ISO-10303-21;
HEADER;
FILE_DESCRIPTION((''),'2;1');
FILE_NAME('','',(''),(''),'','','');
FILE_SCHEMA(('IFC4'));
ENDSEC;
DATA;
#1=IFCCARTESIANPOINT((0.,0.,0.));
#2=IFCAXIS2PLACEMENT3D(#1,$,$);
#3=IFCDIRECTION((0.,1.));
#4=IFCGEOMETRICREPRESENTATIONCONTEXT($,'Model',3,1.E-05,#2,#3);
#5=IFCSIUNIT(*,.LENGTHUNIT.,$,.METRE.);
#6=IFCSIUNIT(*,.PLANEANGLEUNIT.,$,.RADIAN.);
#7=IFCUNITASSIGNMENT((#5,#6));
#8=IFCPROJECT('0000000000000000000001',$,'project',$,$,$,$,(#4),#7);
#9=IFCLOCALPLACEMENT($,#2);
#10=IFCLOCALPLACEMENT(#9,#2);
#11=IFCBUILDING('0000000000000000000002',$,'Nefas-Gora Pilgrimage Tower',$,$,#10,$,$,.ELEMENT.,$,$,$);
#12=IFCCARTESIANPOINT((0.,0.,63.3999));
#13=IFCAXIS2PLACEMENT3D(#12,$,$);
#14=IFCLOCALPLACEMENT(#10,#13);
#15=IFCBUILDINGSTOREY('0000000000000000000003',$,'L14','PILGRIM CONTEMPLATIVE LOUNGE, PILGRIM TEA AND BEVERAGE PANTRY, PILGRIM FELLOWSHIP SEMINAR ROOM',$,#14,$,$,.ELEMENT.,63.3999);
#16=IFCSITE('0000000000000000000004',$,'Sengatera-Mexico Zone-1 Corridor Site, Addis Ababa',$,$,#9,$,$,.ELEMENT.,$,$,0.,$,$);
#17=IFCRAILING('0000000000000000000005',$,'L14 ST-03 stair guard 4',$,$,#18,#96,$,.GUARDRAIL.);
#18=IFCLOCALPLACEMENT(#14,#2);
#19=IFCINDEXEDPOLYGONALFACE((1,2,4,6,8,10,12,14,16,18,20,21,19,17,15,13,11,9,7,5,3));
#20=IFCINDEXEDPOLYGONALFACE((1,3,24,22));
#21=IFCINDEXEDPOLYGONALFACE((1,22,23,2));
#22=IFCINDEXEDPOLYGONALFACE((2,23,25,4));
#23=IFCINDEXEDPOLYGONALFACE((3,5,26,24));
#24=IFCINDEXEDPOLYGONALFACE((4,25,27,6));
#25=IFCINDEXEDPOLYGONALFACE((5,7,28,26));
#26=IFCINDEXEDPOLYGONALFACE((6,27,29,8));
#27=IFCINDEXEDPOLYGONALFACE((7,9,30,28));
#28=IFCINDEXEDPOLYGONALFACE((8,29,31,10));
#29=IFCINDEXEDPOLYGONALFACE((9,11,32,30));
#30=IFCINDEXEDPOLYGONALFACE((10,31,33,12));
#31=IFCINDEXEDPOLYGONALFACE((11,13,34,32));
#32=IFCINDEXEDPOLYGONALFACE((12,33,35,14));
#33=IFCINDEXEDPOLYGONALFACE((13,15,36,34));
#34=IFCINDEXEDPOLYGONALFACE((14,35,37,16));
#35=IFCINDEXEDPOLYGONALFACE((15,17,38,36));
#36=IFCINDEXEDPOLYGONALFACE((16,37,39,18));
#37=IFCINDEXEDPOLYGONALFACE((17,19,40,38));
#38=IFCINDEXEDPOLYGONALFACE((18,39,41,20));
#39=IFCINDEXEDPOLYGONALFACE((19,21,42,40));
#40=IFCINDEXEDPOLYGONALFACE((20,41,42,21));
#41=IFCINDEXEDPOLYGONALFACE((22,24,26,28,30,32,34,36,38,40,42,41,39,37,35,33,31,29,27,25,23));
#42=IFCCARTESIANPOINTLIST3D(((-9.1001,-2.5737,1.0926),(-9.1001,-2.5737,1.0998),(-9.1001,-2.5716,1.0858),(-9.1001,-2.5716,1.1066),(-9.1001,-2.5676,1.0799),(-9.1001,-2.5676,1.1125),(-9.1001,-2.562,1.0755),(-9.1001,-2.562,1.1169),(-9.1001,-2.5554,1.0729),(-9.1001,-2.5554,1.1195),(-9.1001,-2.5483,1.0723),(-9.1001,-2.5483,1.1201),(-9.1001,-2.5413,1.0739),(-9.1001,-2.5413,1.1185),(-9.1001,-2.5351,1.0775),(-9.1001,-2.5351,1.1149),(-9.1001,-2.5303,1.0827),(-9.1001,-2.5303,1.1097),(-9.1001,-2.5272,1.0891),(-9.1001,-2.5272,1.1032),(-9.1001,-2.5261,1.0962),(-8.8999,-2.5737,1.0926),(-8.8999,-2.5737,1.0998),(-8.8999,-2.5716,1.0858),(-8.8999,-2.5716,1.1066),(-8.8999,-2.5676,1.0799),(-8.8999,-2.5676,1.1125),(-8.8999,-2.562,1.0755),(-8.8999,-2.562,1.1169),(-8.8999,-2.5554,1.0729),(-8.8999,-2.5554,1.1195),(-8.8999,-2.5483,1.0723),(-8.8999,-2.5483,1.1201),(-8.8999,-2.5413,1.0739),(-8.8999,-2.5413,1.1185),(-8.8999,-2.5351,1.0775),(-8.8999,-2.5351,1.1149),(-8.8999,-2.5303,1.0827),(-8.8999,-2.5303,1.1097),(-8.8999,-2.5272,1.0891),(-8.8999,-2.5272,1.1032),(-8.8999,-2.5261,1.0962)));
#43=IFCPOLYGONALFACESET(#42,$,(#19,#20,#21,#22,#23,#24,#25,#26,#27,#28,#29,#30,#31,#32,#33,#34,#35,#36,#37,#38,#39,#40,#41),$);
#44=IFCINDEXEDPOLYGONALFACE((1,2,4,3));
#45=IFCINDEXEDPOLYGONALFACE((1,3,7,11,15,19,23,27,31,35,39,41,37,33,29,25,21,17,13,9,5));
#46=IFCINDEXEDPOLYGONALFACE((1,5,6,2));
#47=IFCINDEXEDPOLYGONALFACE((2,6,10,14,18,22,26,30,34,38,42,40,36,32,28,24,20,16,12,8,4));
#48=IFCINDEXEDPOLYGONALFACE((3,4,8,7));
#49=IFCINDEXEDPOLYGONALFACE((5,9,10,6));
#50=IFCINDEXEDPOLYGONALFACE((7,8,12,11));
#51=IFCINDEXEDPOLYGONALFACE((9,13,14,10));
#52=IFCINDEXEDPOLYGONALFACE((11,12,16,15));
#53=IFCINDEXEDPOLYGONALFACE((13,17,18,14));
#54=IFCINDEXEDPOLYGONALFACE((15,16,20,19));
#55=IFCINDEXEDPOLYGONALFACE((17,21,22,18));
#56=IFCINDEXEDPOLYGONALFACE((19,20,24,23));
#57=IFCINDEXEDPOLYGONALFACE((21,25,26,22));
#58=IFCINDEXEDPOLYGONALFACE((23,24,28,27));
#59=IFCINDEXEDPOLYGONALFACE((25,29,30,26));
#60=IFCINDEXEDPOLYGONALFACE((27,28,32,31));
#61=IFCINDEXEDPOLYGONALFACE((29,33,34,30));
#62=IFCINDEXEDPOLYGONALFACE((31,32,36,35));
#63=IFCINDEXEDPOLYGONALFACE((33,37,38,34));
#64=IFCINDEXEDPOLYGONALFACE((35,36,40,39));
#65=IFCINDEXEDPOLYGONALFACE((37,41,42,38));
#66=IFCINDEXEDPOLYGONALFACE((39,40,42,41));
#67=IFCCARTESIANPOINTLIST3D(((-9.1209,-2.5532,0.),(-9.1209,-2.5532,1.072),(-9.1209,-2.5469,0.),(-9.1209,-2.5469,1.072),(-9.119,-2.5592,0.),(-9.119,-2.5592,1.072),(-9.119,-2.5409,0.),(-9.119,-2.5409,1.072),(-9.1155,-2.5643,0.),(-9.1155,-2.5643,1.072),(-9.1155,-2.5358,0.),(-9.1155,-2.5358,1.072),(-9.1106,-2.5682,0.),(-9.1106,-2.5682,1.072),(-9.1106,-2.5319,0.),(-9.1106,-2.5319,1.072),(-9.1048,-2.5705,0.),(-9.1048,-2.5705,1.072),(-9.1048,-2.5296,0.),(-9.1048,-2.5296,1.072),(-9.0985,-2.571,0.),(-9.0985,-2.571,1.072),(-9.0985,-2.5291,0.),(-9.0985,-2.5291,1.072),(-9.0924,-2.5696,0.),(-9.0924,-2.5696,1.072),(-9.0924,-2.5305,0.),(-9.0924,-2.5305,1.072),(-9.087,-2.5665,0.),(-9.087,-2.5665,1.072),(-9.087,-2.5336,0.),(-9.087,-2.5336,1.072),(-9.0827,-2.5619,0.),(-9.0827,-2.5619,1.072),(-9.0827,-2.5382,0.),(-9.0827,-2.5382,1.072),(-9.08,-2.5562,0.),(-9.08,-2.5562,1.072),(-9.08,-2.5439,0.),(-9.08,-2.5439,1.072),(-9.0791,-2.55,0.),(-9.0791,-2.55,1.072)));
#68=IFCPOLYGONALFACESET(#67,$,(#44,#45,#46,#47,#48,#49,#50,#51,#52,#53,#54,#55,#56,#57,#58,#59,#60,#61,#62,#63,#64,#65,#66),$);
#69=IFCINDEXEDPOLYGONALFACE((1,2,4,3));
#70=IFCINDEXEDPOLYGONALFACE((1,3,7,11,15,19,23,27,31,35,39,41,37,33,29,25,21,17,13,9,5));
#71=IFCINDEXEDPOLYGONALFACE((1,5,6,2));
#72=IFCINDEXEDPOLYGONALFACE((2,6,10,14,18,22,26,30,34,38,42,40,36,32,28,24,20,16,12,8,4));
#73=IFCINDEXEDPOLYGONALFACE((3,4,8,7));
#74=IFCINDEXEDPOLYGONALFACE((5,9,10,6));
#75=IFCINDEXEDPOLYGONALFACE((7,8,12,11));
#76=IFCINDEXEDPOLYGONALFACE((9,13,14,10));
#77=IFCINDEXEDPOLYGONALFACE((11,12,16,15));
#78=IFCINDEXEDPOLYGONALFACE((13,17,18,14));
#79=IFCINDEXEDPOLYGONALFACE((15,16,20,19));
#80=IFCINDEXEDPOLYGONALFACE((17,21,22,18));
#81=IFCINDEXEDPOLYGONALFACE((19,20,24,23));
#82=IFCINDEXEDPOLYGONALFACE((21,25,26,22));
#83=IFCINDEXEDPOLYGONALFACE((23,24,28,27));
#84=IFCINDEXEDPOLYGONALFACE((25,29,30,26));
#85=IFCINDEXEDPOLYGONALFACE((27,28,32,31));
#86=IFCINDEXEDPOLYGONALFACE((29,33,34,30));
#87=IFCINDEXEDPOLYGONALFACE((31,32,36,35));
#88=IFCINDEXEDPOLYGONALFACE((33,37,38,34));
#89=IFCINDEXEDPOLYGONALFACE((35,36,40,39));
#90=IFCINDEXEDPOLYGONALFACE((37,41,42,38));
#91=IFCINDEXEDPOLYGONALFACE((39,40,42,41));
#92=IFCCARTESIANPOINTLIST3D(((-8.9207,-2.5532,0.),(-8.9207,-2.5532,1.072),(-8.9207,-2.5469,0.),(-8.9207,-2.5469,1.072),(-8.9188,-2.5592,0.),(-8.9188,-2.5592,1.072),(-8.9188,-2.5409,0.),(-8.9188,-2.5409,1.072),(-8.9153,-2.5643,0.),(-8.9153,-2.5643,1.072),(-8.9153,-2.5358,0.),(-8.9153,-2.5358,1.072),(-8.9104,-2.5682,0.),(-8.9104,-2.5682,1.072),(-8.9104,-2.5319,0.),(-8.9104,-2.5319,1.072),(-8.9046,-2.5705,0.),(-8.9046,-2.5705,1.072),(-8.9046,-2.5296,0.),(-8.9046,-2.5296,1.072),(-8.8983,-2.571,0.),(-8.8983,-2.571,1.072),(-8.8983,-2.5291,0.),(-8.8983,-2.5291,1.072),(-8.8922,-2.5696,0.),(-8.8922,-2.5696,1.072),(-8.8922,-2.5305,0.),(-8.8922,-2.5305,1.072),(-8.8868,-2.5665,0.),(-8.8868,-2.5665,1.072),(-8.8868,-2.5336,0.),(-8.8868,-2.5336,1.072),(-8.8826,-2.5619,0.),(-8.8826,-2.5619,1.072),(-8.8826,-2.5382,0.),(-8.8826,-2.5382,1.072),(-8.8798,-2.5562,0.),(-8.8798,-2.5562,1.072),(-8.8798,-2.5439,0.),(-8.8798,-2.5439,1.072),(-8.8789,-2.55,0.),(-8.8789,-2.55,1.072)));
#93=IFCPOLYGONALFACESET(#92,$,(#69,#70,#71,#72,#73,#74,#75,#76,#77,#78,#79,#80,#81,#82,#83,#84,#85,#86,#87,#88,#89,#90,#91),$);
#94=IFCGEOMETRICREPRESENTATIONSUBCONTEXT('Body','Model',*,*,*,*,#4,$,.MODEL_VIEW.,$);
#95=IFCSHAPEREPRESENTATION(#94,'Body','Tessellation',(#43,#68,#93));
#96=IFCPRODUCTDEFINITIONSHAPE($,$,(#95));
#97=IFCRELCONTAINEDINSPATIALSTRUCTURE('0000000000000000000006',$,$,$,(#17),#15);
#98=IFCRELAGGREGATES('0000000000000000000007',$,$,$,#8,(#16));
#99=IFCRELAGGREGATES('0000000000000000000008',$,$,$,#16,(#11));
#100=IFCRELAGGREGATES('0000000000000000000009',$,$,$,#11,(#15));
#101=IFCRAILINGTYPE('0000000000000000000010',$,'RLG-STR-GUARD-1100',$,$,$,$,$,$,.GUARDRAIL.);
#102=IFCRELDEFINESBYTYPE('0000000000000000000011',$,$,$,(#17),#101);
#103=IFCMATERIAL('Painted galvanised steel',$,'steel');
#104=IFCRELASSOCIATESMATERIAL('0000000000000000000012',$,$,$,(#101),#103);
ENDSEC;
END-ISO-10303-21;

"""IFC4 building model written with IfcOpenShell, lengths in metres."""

from ifc_helpers import new_model, si_unit, direction, frame, origin, origin_2d, place, context, subcontext, project, spatial, circle, extrude, material, type_object, element, save


model = new_model("IFC4")

# Units and contexts
model_context = context("Model", 3, precision=1e-05, world=origin(), true_north=direction((0.0, 1.0)))
body_context = subcontext(model_context, "Body", "Model", "MODEL_VIEW")
ifc_project = project(units=[si_unit("LENGTHUNIT", "METRE"), si_unit("PLANEANGLEUNIT", "RADIAN")], contexts=[model_context])

# Site, building, storey
site_placement = place(None, origin())
site = spatial("IfcSite", under=ifc_project, at=site_placement, Name="Sengatera-Mexico Zone-1 Corridor Site, Addis Ababa", CompositionType="ELEMENT", RefElevation=0.0)
building_placement = place(site_placement, origin())
building = spatial("IfcBuilding", under=site, at=building_placement, Name="Nefas-Gora Pilgrimage Tower", CompositionType="ELEMENT")
storey_placement = place(building_placement, frame((0.0, 0.0, 63.3999)))
storey = spatial("IfcBuildingStorey", under=building, at=storey_placement, Name="L14", Description="PILGRIM CONTEMPLATIVE LOUNGE, PILGRIM TEA AND BEVERAGE PANTRY, PILGRIM FELLOWSHIP SEMINAR ROOM", CompositionType="ELEMENT", Elevation=63.3999)

# Railing
ifc_material_1 = material(Name="Painted galvanised steel", Category="steel")
railing_type_1 = type_object("IfcRailingType", Name="RLG-STR-GUARD-1100", PredefinedType="GUARDRAIL", material=ifc_material_1)
railing_1_placement = place(storey_placement, frame((-9.1001, -2.55, 0.0)))
element("IfcRailing", 1, at=railing_1_placement, inside=storey, type_object=railing_type_1, Name="L14 ST-03 stair guard 4", PredefinedType="GUARDRAIL", context=body_context, shape_type="SweptSolid", body=[
    extrude(circle(Radius=0.0239, at=origin_2d()), frame((0.0, 0.0, 1.0962), z_axis=(1.0, 0.0, 0.0), x_axis=(0.0, 1.0, 0.0)), (0.0, 0.0, 1.0), 0.2002),
    extrude(circle(Radius=0.021, at=origin_2d()), origin(), (0.0, 0.0, 1.0), 1.072),
    extrude(circle(Radius=0.021, at=origin_2d()), frame((0.2002, 0.0, 0.0)), (0.0, 0.0, 1.0), 1.072),
])

save(model, "model.ifc")
